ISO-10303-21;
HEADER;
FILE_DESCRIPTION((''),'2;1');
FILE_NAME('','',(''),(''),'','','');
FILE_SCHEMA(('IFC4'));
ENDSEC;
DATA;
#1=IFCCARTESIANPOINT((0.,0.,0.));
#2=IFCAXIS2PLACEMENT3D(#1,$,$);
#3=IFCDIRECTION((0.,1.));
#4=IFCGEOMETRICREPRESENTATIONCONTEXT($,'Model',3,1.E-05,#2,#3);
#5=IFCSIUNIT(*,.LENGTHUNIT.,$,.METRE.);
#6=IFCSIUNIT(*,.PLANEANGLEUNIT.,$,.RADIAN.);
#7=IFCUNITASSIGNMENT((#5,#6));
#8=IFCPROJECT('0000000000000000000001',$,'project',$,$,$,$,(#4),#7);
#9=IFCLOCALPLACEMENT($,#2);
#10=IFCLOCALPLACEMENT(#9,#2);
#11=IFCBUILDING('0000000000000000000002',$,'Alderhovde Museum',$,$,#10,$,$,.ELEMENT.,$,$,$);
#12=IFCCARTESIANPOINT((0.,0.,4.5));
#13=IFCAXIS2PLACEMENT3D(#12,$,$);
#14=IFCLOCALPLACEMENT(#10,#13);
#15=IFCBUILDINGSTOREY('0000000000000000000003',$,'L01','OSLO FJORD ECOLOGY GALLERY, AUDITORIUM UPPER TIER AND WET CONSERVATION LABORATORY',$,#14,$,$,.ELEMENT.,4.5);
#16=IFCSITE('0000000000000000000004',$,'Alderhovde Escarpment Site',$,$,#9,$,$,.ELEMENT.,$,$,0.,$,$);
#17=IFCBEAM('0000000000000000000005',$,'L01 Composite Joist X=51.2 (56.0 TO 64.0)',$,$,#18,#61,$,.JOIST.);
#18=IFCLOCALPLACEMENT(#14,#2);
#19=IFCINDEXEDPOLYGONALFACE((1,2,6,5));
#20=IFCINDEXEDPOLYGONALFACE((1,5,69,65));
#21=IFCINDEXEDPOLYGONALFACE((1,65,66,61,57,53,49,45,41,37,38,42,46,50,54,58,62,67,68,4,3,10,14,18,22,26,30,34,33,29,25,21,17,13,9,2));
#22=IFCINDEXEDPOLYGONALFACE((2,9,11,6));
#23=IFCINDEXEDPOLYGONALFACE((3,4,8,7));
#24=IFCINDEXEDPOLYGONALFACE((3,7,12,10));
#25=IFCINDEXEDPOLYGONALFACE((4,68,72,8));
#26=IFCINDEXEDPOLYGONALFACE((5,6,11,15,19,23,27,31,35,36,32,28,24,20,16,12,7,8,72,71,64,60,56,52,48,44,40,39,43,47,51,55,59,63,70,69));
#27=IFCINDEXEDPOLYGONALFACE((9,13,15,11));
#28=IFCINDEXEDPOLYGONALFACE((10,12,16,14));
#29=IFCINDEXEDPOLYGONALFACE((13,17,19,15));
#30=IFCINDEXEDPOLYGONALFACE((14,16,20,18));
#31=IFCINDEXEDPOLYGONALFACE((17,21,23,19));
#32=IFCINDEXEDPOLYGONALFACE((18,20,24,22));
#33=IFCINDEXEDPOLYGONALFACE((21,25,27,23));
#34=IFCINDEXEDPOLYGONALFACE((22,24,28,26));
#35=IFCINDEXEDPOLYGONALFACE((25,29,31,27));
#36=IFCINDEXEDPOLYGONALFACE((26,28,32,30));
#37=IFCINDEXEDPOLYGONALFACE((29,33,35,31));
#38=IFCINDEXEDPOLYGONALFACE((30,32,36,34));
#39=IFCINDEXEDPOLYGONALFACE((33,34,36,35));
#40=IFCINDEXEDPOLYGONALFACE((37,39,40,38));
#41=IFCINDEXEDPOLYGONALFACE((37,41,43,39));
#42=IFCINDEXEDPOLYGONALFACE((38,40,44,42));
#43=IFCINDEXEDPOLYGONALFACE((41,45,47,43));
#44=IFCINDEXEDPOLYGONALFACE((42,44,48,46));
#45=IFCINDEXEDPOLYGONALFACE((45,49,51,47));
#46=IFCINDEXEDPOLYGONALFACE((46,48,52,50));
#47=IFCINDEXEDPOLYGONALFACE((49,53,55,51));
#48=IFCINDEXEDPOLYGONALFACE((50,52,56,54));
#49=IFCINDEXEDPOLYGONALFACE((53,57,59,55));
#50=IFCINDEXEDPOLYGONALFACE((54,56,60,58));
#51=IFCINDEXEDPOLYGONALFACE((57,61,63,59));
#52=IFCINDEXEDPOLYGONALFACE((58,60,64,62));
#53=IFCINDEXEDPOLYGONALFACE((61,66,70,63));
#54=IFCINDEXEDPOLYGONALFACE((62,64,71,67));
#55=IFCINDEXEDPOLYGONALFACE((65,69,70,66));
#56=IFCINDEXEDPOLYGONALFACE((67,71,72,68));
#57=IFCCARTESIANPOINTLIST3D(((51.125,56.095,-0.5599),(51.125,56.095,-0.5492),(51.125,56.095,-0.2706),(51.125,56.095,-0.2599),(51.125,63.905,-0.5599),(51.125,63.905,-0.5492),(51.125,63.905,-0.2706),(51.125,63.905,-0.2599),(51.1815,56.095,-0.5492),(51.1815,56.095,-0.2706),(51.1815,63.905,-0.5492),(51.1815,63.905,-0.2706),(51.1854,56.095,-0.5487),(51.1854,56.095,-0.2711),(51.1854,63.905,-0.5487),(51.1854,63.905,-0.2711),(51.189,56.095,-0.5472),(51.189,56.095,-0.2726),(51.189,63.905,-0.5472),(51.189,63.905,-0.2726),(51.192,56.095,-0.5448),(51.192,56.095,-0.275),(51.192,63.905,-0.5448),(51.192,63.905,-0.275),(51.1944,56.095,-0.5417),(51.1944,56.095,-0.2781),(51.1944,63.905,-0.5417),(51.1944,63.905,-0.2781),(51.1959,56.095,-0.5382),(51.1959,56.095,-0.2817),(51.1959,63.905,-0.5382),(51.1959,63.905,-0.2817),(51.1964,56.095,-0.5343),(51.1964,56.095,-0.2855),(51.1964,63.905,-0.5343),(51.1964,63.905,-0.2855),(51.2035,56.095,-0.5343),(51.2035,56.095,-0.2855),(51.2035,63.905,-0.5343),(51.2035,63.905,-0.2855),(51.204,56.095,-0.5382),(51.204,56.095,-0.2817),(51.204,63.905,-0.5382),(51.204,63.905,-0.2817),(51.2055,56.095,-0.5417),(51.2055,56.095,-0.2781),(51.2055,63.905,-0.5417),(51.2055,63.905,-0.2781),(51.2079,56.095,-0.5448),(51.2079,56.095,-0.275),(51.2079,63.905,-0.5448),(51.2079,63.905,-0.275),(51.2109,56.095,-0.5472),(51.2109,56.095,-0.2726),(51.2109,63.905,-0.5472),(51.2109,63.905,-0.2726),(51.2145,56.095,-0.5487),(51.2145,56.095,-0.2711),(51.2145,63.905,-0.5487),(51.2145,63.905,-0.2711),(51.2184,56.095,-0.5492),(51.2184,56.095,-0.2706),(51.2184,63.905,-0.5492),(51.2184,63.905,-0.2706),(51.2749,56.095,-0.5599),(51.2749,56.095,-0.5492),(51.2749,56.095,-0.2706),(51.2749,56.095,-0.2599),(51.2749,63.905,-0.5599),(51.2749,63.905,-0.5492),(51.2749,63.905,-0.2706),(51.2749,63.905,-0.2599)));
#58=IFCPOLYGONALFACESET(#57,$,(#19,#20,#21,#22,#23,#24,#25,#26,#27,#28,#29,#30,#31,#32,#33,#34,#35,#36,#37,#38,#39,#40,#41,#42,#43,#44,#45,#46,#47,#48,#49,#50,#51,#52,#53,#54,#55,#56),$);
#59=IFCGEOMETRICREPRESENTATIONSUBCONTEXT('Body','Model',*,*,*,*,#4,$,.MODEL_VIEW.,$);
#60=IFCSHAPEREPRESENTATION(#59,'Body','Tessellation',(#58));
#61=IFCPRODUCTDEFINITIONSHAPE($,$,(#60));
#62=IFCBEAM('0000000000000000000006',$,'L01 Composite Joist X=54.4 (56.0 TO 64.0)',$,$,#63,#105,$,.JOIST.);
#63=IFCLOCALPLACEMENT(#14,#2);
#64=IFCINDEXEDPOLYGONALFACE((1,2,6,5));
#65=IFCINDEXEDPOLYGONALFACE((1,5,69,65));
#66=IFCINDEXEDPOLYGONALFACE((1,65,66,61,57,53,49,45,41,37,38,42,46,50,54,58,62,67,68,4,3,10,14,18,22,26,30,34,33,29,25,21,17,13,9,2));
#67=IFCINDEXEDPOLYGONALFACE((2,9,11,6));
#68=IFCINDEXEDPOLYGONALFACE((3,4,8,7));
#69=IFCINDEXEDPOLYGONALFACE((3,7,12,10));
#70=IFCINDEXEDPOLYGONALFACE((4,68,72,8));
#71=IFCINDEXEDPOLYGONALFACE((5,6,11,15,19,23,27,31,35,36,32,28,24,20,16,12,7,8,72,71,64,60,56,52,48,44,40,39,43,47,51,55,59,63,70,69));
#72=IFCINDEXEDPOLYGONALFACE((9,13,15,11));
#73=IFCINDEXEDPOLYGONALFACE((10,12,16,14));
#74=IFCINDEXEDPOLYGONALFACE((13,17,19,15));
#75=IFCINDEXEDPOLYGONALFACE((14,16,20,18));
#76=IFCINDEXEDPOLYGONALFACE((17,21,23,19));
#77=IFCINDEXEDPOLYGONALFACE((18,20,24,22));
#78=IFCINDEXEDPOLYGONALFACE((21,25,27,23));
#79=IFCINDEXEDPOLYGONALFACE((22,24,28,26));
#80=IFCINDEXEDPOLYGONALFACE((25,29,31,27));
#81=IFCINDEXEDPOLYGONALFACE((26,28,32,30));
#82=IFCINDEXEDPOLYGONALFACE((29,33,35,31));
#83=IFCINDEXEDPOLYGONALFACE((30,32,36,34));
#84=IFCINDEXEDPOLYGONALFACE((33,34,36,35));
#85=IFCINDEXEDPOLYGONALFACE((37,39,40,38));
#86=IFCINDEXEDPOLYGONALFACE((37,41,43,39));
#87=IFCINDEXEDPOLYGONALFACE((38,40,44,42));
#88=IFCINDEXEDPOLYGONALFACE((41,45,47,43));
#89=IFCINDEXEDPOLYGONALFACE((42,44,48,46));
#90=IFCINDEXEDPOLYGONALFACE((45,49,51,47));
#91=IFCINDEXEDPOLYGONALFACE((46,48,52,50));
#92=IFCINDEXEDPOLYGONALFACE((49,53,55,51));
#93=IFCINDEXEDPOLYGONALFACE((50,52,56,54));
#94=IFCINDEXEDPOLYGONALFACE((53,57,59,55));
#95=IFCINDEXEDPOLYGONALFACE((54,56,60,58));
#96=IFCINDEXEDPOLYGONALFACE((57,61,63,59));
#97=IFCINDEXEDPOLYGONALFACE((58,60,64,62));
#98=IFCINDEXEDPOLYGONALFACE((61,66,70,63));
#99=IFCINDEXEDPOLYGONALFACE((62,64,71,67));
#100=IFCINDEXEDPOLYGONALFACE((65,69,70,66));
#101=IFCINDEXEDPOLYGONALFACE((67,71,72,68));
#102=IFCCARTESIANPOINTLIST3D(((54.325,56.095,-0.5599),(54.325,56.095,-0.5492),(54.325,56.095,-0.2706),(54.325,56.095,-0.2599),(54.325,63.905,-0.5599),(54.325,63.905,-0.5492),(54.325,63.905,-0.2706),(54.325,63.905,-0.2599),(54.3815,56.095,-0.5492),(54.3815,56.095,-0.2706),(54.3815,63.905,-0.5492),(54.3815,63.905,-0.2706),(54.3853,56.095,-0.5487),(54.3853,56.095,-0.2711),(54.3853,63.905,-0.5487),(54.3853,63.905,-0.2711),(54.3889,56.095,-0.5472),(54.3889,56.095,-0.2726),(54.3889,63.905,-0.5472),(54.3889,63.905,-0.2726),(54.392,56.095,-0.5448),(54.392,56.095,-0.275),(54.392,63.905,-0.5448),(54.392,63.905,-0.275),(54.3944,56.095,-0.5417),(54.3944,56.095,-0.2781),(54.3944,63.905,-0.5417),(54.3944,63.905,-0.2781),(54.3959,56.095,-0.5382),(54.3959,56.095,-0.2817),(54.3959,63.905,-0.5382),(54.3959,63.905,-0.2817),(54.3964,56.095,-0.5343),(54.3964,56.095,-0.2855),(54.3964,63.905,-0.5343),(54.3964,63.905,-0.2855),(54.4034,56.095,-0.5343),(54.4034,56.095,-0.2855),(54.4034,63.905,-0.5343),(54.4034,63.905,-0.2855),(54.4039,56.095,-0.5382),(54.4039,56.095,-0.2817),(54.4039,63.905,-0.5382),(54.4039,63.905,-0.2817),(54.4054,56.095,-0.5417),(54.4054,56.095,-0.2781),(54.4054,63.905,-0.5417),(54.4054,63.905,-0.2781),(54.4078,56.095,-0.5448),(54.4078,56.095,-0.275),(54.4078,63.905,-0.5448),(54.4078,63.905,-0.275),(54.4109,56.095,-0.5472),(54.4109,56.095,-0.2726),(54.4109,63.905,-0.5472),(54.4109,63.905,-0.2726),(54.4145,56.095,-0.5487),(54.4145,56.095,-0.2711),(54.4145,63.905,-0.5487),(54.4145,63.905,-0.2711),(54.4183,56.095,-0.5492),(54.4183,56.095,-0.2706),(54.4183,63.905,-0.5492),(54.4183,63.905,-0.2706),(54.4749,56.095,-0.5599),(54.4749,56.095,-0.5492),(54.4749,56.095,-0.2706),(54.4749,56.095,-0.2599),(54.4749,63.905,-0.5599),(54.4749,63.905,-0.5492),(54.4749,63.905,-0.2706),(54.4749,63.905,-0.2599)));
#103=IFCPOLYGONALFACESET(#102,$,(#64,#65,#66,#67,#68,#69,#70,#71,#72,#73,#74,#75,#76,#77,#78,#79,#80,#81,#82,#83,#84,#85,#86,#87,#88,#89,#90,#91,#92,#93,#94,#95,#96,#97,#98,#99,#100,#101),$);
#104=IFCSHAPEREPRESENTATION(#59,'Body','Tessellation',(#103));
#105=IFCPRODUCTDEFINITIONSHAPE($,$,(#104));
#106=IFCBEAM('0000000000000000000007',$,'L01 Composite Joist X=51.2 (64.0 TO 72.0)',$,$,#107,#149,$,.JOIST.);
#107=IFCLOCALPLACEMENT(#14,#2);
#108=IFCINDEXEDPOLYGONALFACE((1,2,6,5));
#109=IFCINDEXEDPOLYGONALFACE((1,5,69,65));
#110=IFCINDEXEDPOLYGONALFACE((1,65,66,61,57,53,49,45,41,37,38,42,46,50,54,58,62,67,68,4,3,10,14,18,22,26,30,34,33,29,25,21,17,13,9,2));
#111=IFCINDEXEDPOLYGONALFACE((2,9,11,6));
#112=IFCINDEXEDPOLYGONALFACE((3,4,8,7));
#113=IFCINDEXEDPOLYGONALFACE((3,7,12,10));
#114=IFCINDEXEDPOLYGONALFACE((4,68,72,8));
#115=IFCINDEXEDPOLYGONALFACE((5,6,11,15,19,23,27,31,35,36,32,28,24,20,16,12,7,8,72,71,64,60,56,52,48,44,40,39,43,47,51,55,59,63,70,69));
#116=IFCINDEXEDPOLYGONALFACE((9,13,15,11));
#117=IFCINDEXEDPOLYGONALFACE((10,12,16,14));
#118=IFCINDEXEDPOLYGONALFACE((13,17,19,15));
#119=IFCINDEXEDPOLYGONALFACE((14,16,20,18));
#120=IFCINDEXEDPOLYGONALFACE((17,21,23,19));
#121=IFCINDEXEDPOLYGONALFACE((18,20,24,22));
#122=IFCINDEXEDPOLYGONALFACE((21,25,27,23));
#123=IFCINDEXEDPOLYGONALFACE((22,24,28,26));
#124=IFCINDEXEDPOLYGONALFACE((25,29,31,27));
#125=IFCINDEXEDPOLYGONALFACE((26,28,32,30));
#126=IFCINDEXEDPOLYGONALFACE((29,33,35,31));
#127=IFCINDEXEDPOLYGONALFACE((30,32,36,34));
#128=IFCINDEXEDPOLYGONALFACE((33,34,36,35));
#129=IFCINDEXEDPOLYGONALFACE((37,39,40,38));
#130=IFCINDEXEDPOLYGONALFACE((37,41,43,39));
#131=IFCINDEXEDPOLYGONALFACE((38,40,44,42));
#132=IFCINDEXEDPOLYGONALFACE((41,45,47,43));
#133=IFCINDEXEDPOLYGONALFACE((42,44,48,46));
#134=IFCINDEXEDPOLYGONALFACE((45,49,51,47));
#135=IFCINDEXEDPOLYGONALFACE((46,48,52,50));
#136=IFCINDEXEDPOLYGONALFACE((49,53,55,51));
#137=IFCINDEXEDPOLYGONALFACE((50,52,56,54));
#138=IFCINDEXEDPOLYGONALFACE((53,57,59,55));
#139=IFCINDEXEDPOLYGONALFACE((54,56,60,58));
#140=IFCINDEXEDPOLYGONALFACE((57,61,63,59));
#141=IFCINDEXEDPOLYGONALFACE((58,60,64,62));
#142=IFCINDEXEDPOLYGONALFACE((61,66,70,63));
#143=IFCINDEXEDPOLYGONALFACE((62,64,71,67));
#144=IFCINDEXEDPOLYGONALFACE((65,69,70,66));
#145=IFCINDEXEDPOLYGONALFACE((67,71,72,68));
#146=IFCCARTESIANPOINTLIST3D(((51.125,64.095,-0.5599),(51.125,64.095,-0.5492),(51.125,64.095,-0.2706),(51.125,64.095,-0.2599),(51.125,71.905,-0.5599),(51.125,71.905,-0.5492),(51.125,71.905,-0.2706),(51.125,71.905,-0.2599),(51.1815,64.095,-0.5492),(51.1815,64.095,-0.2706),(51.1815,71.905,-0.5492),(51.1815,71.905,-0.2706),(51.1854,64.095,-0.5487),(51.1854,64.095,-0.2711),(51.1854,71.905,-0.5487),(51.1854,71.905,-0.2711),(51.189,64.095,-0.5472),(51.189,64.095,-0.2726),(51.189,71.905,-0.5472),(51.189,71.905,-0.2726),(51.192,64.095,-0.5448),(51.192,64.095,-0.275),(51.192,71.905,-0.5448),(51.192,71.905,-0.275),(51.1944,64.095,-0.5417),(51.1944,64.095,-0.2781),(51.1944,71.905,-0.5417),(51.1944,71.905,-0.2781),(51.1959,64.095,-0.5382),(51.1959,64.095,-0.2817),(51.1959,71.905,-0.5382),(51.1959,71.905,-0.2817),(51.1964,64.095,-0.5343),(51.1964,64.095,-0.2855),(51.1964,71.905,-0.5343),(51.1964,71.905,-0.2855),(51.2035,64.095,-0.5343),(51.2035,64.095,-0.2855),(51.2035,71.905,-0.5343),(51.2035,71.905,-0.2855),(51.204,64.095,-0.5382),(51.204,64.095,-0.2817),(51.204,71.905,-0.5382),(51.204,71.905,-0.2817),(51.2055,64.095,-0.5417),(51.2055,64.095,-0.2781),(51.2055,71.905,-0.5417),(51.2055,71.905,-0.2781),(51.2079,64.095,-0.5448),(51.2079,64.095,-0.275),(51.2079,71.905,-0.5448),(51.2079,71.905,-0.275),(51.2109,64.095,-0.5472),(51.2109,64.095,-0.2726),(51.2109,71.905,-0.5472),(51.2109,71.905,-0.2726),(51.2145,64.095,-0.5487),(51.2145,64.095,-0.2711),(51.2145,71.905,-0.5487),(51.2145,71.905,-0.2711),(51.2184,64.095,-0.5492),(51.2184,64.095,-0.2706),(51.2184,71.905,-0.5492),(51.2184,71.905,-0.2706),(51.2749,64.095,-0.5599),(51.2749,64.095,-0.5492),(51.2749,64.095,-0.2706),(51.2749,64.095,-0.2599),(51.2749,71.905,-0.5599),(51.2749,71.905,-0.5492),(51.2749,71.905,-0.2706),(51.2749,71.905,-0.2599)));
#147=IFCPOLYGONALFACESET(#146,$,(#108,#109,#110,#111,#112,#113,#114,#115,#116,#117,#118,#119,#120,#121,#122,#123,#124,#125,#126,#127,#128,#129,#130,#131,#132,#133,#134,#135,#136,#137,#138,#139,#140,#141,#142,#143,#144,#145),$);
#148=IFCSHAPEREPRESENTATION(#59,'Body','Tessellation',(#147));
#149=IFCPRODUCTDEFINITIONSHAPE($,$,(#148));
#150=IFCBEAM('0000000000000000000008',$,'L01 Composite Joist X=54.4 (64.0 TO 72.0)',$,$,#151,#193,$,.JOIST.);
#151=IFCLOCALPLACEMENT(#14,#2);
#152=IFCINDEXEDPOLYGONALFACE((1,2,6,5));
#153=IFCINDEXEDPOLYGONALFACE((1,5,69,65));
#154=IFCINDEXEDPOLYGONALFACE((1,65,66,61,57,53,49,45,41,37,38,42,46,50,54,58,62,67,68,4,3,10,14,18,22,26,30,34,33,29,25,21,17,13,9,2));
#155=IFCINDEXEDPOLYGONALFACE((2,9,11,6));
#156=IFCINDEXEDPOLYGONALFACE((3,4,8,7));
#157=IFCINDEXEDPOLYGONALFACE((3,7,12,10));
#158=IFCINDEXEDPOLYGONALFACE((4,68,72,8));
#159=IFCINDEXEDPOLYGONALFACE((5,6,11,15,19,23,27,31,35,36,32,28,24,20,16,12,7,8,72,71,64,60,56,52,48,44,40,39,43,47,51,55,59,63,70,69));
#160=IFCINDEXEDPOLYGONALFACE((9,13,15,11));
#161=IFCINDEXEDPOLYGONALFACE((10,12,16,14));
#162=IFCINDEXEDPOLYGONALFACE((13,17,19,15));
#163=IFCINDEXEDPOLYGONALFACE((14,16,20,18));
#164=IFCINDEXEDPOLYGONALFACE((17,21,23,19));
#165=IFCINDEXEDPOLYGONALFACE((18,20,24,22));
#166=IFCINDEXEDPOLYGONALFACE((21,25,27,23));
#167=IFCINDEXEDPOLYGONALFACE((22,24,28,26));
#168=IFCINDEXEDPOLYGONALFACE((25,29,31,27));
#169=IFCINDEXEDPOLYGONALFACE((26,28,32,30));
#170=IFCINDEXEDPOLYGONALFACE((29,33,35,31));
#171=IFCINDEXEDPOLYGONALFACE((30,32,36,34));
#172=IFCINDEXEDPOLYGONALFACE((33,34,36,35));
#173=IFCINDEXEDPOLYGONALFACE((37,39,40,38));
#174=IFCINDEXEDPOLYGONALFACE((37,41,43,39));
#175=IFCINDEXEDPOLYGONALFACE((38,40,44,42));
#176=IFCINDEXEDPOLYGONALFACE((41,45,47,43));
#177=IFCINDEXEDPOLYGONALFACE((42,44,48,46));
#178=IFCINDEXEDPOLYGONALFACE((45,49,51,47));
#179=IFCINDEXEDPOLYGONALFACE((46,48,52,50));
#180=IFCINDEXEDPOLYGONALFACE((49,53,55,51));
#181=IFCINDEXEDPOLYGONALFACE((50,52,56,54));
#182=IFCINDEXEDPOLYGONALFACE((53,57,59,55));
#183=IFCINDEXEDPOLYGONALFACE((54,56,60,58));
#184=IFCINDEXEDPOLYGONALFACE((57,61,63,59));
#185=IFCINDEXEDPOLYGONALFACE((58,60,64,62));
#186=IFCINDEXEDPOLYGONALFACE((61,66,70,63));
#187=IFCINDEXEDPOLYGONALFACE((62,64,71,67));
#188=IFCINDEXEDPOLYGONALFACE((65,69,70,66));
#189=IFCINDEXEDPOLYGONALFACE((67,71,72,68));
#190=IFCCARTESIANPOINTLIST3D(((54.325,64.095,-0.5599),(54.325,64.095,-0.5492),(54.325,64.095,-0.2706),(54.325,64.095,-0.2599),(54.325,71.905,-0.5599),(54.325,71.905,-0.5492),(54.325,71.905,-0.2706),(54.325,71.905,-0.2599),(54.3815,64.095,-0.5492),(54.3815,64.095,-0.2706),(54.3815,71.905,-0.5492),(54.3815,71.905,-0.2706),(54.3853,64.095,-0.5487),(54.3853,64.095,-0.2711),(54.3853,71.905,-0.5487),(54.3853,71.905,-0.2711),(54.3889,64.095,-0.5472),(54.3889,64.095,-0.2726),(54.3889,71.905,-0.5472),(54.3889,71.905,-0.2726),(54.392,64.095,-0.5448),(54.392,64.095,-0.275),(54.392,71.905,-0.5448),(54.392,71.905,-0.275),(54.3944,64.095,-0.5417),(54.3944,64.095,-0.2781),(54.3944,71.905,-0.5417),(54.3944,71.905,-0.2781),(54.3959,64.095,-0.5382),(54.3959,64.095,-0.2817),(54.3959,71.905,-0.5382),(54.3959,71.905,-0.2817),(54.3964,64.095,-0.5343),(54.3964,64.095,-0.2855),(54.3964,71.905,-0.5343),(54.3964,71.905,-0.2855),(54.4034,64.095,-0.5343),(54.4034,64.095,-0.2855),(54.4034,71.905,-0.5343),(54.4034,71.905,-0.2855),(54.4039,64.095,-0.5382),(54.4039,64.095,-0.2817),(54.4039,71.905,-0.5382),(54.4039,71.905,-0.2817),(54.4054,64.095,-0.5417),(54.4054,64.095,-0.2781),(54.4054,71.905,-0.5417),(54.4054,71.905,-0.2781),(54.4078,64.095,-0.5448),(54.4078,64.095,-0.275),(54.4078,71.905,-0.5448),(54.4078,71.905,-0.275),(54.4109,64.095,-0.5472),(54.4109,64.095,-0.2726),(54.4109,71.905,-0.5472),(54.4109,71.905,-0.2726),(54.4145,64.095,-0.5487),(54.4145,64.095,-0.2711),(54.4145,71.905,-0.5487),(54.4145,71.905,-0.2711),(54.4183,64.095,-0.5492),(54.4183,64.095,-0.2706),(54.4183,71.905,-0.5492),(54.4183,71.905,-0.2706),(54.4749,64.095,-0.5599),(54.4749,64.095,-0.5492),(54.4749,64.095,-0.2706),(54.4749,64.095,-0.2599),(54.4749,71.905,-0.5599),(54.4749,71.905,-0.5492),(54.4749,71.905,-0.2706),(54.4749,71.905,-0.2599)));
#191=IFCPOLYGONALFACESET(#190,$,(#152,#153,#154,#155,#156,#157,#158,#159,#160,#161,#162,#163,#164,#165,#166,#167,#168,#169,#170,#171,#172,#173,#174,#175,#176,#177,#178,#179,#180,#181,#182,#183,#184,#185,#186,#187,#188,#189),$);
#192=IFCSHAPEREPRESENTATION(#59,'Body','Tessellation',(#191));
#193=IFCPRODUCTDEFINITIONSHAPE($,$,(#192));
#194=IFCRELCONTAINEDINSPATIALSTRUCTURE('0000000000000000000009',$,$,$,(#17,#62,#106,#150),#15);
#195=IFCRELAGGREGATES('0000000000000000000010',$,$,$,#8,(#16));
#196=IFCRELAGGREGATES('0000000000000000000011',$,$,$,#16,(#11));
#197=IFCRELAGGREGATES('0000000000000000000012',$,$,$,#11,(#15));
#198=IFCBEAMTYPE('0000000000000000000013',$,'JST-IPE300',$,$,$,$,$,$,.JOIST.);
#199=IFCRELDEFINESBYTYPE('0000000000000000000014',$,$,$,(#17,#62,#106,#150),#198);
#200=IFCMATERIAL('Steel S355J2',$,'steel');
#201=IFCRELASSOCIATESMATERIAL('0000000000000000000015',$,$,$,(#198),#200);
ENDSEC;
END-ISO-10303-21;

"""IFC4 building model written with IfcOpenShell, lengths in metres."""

from ifc_helpers import new_model, si_unit, direction, frame, origin, origin_2d, place, context, subcontext, project, spatial, i_section, extrude, material, material_profile, profile_set, type_object, element, save


model = new_model("IFC4")

# Units and contexts
model_context = context("Model", 3, precision=1e-05, world=origin(), true_north=direction((0.0, 1.0)))
body_context = subcontext(model_context, "Body", "Model", "MODEL_VIEW")
ifc_project = project(units=[si_unit("LENGTHUNIT", "METRE"), si_unit("PLANEANGLEUNIT", "RADIAN")], contexts=[model_context])

# Site, building, storey
site_placement = place(None, origin())
site = spatial("IfcSite", under=ifc_project, at=site_placement, Name="Alderhovde Escarpment Site", CompositionType="ELEMENT", RefElevation=0.0)
building_placement = place(site_placement, origin())
building = spatial("IfcBuilding", under=site, at=building_placement, Name="Alderhovde Museum", CompositionType="ELEMENT")
storey_placement = place(building_placement, frame((0.0, 0.0, 4.5)))
storey = spatial("IfcBuildingStorey", under=building, at=storey_placement, Name="L01", Description="OSLO FJORD ECOLOGY GALLERY, AUDITORIUM UPPER TIER AND WET CONSERVATION LABORATORY", CompositionType="ELEMENT", Elevation=4.5)

# Beams
ifc_material_1 = material(Name="Steel S355J2", Category="steel")
ifc_material_profile_1 = material_profile(ifc_material_1, i_section(OverallWidth=0.1499, OverallDepth=0.3, WebThickness=0.0071, FlangeThickness=0.0107, FilletRadius=0.0149, at=origin_2d()), Name="IPE 300")
ifc_profile_set_1 = profile_set([ifc_material_profile_1], Name="Steel S355J2")
beam_type_1 = type_object("IfcBeamType", Name="JST-IPE300", PredefinedType="JOIST", material=ifc_profile_set_1)
for number, where, z_axis, x_axis, name in (
    (1, (51.2, 56.095, -0.4099), (0.0, 1.0, 0.0), (-1.0, 0.0, 0.0), "L01 Composite Joist X=51.2 (56.0 TO 64.0)"),
    (2, (54.3999, 56.095, -0.4099), (0.0, 1.0, 0.0), (-1.0, 0.0, 0.0), "L01 Composite Joist X=54.4 (56.0 TO 64.0)"),
    (3, (51.2, 64.095, -0.4099), (0.0, 1.0, 0.0), (-1.0, 0.0, 0.0), "L01 Composite Joist X=51.2 (64.0 TO 72.0)"),
    (4, (54.3999, 64.095, -0.4099), (0.0, 1.0, 0.0), (-1.0, 0.0, 0.0), "L01 Composite Joist X=54.4 (64.0 TO 72.0)"),
):
    element("IfcBeam", number, at=place(storey_placement, frame(where, z_axis=z_axis, x_axis=x_axis)), inside=storey, type_object=beam_type_1, Name=name, PredefinedType="JOIST", context=body_context, shape_type="SweptSolid", body=[
        extrude(i_section(OverallWidth=0.1499, OverallDepth=0.3, WebThickness=0.0071, FlangeThickness=0.0107, FilletRadius=0.0149, at=origin_2d()), origin(), (0.0, 0.0, 1.0), 7.8101),
    ])

save(model, "model.ifc")
